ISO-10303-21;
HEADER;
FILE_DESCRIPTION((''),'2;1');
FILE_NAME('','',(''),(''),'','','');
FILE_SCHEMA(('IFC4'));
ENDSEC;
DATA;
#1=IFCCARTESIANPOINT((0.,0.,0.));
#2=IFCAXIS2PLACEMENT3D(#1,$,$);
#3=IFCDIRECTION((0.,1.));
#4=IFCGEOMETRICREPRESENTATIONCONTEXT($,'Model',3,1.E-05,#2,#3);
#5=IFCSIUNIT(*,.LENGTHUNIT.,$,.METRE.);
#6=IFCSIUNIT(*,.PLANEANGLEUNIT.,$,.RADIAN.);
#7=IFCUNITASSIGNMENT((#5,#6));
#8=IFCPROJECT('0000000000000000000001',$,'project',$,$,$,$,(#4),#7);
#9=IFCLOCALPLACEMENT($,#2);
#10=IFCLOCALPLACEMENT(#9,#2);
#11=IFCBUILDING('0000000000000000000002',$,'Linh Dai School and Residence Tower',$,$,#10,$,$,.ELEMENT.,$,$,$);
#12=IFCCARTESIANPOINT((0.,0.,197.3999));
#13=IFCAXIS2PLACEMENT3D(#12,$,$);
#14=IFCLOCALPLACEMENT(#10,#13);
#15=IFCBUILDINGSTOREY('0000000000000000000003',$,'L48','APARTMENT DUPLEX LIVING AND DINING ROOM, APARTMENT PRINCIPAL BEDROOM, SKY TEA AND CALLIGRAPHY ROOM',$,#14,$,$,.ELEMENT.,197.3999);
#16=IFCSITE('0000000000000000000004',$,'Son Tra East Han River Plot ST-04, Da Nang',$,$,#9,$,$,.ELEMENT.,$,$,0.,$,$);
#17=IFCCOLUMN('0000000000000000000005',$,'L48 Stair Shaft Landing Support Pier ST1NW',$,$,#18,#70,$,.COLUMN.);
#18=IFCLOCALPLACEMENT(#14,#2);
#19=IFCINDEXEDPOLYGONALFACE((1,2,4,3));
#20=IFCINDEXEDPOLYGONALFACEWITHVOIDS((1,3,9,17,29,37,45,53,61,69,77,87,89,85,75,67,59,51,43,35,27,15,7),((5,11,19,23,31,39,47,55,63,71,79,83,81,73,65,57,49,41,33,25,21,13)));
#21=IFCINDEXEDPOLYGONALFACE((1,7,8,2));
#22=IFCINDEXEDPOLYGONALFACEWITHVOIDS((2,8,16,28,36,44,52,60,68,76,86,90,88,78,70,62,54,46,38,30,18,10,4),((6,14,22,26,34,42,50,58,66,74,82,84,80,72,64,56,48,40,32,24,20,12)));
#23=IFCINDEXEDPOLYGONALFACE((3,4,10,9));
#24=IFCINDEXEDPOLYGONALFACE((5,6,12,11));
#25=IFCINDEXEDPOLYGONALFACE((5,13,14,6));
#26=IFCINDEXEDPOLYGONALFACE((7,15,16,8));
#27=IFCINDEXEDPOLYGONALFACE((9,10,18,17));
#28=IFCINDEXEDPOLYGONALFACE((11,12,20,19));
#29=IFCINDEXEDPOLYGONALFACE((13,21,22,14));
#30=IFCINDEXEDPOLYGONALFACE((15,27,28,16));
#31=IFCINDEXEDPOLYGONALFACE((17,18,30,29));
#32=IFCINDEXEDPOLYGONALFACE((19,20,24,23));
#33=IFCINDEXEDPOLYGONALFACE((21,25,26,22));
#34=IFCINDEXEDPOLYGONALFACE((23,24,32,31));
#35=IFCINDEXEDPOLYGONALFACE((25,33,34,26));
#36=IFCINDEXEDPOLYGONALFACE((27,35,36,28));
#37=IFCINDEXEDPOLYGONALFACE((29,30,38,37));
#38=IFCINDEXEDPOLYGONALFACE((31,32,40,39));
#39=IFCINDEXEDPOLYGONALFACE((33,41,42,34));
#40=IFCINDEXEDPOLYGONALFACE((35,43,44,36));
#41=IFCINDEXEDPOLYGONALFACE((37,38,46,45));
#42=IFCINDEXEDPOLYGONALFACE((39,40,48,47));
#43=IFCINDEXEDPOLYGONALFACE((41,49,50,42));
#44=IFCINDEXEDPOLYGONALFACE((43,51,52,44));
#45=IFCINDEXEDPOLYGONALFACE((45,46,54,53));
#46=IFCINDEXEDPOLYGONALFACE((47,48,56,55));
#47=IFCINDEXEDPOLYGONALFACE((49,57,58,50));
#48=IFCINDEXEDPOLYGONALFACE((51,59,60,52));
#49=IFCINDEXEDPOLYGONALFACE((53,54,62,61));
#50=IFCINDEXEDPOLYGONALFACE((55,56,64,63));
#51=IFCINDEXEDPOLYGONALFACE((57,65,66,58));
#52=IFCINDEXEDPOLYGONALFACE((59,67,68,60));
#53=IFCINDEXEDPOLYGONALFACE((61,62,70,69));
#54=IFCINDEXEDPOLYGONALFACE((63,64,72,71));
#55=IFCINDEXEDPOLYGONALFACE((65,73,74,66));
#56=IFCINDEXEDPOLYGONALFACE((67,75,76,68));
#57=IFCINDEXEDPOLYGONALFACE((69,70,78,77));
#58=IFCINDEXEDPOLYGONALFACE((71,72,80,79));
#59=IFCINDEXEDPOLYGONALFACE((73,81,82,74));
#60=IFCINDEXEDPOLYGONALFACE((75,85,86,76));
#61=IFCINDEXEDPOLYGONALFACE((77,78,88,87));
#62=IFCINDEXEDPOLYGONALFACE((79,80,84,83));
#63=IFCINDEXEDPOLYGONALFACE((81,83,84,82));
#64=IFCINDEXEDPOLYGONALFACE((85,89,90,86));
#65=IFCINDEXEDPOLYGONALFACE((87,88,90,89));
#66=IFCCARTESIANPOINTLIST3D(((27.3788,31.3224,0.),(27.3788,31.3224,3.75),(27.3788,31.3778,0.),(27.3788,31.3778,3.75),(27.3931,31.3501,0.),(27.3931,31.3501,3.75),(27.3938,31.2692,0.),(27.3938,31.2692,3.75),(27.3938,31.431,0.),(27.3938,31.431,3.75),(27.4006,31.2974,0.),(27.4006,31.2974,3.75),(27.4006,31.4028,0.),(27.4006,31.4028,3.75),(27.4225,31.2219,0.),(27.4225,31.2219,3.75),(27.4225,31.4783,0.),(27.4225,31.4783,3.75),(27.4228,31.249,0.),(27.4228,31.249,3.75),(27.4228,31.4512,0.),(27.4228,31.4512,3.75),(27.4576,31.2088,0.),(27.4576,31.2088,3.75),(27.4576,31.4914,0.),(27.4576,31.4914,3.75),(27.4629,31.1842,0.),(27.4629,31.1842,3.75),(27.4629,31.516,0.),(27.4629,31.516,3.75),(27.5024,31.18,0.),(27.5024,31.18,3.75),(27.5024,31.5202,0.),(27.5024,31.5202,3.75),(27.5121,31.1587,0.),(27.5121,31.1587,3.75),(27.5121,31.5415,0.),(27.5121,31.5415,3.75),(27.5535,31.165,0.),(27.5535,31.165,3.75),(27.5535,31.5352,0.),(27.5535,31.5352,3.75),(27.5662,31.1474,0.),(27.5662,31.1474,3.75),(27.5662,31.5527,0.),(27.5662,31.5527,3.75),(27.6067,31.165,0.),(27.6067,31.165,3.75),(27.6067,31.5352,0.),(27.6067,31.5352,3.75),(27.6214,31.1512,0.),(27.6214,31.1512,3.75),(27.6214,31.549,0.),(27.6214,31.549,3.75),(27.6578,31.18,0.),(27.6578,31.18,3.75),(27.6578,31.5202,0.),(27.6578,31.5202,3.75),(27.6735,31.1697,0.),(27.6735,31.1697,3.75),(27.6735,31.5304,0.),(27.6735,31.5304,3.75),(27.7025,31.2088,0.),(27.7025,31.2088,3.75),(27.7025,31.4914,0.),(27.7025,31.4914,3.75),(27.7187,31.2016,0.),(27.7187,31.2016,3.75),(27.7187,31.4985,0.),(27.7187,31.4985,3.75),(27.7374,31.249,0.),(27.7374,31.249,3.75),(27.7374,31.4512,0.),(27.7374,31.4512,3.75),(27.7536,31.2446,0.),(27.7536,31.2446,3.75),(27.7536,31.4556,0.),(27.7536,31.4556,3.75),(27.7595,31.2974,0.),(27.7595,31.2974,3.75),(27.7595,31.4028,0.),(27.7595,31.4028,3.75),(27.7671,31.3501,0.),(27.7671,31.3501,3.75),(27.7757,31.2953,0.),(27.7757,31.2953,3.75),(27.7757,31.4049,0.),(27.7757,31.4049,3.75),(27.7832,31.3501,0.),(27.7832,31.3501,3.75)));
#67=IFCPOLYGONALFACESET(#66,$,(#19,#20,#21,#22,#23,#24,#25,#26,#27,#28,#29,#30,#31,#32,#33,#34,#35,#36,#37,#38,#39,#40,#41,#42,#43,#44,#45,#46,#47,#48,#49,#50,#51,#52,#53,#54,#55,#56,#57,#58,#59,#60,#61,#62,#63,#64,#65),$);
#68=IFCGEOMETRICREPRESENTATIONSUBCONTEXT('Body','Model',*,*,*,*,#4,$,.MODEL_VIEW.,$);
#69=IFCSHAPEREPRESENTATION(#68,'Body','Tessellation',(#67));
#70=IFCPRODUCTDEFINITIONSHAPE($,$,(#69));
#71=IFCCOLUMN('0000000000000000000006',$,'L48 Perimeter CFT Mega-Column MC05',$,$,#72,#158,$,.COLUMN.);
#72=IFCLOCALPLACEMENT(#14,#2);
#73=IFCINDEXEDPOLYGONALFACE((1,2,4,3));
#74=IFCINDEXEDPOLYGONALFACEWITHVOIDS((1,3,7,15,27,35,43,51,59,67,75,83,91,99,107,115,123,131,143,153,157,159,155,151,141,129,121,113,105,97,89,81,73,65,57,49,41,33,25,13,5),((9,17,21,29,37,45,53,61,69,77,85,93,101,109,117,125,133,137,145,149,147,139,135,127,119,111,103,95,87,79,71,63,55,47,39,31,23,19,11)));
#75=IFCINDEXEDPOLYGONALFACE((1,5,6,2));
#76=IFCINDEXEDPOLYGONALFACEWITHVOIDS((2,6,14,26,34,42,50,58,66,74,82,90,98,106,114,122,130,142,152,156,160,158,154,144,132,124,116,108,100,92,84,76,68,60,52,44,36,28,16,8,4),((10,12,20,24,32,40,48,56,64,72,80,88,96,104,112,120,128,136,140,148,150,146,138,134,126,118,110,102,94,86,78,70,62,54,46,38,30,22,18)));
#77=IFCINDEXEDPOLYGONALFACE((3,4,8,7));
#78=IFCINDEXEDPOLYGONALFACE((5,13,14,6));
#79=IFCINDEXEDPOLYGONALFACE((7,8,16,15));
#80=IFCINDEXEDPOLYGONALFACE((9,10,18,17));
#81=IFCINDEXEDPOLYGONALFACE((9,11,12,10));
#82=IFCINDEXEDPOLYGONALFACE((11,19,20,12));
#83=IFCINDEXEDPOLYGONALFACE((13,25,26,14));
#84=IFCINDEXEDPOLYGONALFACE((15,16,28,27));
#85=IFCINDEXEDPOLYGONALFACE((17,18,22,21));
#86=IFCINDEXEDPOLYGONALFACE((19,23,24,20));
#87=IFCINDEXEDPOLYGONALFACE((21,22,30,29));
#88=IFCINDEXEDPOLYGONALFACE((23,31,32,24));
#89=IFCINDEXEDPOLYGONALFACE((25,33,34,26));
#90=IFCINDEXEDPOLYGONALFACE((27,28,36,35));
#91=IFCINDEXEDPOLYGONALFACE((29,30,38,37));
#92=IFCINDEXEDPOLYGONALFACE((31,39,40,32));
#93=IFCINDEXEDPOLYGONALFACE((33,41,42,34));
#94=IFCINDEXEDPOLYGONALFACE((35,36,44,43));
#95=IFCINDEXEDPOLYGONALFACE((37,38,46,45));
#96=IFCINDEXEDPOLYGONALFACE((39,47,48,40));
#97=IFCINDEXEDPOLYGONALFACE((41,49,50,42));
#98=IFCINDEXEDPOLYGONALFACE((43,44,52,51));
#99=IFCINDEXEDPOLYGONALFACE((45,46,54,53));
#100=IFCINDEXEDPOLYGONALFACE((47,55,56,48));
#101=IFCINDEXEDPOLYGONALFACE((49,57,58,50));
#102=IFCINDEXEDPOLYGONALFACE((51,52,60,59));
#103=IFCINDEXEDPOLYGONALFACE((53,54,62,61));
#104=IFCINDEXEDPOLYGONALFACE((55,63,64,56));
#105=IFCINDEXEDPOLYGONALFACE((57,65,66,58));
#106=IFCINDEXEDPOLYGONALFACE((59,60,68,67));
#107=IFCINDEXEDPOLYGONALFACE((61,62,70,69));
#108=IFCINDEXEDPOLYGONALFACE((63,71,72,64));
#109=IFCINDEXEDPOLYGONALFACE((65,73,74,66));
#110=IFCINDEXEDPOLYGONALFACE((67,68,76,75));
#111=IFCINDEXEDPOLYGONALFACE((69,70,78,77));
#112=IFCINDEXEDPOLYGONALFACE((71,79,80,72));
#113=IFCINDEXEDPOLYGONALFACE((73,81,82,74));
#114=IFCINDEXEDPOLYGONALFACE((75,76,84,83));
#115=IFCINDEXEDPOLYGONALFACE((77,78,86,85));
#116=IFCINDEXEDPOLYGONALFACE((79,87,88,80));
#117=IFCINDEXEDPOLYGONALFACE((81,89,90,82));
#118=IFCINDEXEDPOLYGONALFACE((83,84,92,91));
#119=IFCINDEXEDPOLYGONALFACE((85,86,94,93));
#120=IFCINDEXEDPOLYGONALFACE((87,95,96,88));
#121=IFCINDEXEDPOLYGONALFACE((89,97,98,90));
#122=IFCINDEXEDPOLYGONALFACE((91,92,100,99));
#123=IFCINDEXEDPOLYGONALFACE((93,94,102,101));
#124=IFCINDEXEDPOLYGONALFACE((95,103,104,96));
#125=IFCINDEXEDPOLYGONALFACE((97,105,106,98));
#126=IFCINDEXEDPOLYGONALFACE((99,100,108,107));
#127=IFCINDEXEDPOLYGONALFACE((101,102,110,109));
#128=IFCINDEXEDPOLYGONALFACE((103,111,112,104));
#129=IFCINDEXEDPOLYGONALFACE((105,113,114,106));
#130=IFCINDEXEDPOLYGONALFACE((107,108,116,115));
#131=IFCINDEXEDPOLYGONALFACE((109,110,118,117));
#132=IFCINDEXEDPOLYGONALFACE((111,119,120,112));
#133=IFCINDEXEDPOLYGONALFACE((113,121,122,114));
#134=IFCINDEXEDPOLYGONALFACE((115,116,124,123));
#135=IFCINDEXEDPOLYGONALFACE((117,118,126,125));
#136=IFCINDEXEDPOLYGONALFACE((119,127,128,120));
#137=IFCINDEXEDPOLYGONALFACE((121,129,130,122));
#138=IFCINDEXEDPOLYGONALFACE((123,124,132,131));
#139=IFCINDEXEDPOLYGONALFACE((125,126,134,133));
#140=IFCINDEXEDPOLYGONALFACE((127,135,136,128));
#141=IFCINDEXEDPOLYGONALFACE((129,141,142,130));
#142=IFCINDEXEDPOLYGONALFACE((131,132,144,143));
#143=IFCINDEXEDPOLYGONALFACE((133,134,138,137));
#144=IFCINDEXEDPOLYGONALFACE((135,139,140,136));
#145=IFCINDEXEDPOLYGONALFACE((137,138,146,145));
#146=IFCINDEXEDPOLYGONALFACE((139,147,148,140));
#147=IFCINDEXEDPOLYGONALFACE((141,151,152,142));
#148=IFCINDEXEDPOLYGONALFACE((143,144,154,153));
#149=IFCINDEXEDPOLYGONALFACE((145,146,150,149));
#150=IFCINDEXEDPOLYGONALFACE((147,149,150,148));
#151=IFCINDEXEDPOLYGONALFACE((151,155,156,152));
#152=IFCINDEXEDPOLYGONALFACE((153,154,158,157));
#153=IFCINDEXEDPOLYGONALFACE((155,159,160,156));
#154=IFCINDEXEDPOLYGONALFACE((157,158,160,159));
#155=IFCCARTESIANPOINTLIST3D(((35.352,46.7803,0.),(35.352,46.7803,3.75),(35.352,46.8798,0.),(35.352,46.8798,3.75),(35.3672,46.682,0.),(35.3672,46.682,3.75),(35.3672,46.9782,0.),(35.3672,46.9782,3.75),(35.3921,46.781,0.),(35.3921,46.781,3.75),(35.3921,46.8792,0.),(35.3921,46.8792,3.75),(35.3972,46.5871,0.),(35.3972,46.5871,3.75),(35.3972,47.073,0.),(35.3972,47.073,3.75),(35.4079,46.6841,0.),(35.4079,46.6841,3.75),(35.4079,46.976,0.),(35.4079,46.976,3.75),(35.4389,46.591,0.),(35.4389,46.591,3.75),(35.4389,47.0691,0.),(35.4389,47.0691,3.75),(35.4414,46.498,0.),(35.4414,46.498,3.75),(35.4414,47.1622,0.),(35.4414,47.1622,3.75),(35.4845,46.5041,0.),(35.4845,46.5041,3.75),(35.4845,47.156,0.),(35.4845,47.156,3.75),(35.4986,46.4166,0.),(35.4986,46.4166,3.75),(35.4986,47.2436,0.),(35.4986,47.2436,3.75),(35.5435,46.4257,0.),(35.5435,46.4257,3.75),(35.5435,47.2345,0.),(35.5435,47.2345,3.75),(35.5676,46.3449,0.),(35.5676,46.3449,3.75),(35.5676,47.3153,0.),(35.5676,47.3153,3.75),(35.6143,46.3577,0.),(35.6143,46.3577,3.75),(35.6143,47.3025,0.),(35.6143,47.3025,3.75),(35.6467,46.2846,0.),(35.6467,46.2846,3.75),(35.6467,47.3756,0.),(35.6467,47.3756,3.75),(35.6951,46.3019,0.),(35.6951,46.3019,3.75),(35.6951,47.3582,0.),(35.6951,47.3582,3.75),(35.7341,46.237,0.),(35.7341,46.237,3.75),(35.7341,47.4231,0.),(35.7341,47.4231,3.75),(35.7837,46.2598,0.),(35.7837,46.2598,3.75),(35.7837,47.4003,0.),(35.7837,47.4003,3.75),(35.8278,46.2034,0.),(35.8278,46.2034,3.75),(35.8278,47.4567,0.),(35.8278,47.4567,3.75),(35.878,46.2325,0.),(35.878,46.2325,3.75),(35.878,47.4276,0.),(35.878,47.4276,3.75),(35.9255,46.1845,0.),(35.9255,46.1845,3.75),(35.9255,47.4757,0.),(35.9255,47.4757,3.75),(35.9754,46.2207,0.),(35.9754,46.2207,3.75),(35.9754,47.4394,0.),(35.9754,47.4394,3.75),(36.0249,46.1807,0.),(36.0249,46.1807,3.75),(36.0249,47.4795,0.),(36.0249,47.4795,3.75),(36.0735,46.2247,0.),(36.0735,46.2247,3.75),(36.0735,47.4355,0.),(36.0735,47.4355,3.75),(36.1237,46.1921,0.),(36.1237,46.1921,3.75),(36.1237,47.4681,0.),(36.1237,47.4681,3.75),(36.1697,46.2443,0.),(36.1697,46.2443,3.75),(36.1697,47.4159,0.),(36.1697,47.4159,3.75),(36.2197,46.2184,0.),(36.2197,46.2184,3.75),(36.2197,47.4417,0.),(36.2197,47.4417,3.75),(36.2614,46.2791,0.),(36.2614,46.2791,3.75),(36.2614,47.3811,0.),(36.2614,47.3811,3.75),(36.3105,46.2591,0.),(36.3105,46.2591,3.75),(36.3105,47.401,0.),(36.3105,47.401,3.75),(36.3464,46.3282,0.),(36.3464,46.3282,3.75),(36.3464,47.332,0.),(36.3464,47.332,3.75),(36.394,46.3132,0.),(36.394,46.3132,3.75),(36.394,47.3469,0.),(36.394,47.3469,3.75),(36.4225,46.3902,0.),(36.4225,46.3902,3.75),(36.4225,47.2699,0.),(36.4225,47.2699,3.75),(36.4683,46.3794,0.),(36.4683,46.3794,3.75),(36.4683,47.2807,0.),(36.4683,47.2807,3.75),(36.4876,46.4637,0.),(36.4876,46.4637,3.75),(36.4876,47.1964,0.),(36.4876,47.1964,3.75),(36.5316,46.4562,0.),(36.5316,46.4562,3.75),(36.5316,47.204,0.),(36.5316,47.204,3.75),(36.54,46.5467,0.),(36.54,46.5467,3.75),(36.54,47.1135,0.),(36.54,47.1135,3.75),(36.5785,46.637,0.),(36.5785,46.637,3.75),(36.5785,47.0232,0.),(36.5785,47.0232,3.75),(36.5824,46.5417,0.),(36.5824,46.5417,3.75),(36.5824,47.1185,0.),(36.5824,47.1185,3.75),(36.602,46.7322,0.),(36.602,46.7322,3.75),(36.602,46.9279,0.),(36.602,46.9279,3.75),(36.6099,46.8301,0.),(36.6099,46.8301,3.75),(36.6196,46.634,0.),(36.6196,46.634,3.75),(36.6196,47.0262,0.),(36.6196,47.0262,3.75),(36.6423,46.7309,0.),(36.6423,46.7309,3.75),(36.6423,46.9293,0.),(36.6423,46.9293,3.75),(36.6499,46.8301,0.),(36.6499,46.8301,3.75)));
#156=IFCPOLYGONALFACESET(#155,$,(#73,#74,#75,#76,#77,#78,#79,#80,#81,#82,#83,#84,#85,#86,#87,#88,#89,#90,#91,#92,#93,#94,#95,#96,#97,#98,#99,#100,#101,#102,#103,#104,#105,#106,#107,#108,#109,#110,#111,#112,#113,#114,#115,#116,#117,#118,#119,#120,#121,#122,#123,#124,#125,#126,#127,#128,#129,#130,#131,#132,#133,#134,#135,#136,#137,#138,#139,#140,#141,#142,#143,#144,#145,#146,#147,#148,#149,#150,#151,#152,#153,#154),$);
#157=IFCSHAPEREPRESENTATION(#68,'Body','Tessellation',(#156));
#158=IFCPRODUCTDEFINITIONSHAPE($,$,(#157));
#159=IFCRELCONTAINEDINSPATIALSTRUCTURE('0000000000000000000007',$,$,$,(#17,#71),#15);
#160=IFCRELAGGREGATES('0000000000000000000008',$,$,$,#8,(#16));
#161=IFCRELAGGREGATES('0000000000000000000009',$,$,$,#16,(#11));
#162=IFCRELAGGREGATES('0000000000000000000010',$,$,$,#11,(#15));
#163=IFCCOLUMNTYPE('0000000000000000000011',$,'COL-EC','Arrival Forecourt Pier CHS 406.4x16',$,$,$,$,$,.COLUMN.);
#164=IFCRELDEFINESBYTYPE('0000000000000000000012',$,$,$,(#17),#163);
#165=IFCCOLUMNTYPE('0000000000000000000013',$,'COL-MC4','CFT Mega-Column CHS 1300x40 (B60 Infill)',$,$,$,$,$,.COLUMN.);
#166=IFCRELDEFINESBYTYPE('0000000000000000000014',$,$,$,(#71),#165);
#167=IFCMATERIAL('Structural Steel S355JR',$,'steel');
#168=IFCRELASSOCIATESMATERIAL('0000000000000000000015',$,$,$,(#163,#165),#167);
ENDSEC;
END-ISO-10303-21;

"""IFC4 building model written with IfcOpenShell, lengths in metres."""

from ifc_helpers import new_model, si_unit, direction, frame, origin, origin_2d, place, context, subcontext, project, spatial, hollow_circle, extrude, material, material_profile, profile_set, type_object, element, save


model = new_model("IFC4")

# Units and contexts
model_context = context("Model", 3, precision=1e-05, world=origin(), true_north=direction((0.0, 1.0)))
body_context = subcontext(model_context, "Body", "Model", "MODEL_VIEW")
ifc_project = project(units=[si_unit("LENGTHUNIT", "METRE"), si_unit("PLANEANGLEUNIT", "RADIAN")], contexts=[model_context])

# Site, building, storey
site_placement = place(None, origin())
site = spatial("IfcSite", under=ifc_project, at=site_placement, Name="Son Tra East Han River Plot ST-04, Da Nang", CompositionType="ELEMENT", RefElevation=0.0)
building_placement = place(site_placement, origin())
building = spatial("IfcBuilding", under=site, at=building_placement, Name="Linh Dai School and Residence Tower", CompositionType="ELEMENT")
storey_placement = place(building_placement, frame((0.0, 0.0, 197.3999)))
storey = spatial("IfcBuildingStorey", under=building, at=storey_placement, Name="L48", Description="APARTMENT DUPLEX LIVING AND DINING ROOM, APARTMENT PRINCIPAL BEDROOM, SKY TEA AND CALLIGRAPHY ROOM", CompositionType="ELEMENT", Elevation=197.3999)

# Columns
ifc_material_1 = material(Name="Structural Steel S355JR", Category="steel")
ifc_material_profile_1 = material_profile(ifc_material_1, hollow_circle(Radius=0.2031, WallThickness=0.0161, at=origin_2d()), Name="CHS 406.4x16")
ifc_profile_set_1 = profile_set([ifc_material_profile_1], Name="Structural Steel S355JR")
column_type_1 = type_object("IfcColumnType", Name="COL-EC", Description="Arrival Forecourt Pier CHS 406.4x16", PredefinedType="COLUMN", material=ifc_profile_set_1)
column_1_placement = place(storey_placement, frame((27.5801, 31.3501, 0.0), z_axis=(0.0, 0.0, 1.0), x_axis=(1.0, 0.0, 0.0)))
element("IfcColumn", 1, at=column_1_placement, inside=storey, type_object=column_type_1, Name="L48 Stair Shaft Landing Support Pier ST1NW", PredefinedType="COLUMN", context=body_context, shape_type="SweptSolid", body=[
    extrude(hollow_circle(Radius=0.2031, WallThickness=0.0161, at=origin_2d()), origin(), (0.0, 0.0, 1.0), 3.75),
])
ifc_material_profile_2 = material_profile(ifc_material_1, hollow_circle(Radius=0.6499, WallThickness=0.04, at=origin_2d()), Name="CHS 1300x40")
ifc_profile_set_2 = profile_set([ifc_material_profile_2], Name="Structural Steel S355JR")
column_type_2 = type_object("IfcColumnType", Name="COL-MC4", Description="CFT Mega-Column CHS 1300x40 (B60 Infill)", PredefinedType="COLUMN", material=ifc_profile_set_2)
for number, where, z_axis, x_axis, name in (
    (2, (36.0, 46.8301, 0.0), (0.0, 0.0, 1.0), (1.0, 0.0, 0.0), "L48 Perimeter CFT Mega-Column MC05"),
):
    element("IfcColumn", number, at=place(storey_placement, frame(where, z_axis=z_axis, x_axis=x_axis)), inside=storey, type_object=column_type_2, Name=name, PredefinedType="COLUMN", context=body_context, shape_type="SweptSolid", body=[
        extrude(hollow_circle(Radius=0.6499, WallThickness=0.04, at=origin_2d()), origin(), (0.0, 0.0, 1.0), 3.75),
    ])

save(model, "model.ifc")
